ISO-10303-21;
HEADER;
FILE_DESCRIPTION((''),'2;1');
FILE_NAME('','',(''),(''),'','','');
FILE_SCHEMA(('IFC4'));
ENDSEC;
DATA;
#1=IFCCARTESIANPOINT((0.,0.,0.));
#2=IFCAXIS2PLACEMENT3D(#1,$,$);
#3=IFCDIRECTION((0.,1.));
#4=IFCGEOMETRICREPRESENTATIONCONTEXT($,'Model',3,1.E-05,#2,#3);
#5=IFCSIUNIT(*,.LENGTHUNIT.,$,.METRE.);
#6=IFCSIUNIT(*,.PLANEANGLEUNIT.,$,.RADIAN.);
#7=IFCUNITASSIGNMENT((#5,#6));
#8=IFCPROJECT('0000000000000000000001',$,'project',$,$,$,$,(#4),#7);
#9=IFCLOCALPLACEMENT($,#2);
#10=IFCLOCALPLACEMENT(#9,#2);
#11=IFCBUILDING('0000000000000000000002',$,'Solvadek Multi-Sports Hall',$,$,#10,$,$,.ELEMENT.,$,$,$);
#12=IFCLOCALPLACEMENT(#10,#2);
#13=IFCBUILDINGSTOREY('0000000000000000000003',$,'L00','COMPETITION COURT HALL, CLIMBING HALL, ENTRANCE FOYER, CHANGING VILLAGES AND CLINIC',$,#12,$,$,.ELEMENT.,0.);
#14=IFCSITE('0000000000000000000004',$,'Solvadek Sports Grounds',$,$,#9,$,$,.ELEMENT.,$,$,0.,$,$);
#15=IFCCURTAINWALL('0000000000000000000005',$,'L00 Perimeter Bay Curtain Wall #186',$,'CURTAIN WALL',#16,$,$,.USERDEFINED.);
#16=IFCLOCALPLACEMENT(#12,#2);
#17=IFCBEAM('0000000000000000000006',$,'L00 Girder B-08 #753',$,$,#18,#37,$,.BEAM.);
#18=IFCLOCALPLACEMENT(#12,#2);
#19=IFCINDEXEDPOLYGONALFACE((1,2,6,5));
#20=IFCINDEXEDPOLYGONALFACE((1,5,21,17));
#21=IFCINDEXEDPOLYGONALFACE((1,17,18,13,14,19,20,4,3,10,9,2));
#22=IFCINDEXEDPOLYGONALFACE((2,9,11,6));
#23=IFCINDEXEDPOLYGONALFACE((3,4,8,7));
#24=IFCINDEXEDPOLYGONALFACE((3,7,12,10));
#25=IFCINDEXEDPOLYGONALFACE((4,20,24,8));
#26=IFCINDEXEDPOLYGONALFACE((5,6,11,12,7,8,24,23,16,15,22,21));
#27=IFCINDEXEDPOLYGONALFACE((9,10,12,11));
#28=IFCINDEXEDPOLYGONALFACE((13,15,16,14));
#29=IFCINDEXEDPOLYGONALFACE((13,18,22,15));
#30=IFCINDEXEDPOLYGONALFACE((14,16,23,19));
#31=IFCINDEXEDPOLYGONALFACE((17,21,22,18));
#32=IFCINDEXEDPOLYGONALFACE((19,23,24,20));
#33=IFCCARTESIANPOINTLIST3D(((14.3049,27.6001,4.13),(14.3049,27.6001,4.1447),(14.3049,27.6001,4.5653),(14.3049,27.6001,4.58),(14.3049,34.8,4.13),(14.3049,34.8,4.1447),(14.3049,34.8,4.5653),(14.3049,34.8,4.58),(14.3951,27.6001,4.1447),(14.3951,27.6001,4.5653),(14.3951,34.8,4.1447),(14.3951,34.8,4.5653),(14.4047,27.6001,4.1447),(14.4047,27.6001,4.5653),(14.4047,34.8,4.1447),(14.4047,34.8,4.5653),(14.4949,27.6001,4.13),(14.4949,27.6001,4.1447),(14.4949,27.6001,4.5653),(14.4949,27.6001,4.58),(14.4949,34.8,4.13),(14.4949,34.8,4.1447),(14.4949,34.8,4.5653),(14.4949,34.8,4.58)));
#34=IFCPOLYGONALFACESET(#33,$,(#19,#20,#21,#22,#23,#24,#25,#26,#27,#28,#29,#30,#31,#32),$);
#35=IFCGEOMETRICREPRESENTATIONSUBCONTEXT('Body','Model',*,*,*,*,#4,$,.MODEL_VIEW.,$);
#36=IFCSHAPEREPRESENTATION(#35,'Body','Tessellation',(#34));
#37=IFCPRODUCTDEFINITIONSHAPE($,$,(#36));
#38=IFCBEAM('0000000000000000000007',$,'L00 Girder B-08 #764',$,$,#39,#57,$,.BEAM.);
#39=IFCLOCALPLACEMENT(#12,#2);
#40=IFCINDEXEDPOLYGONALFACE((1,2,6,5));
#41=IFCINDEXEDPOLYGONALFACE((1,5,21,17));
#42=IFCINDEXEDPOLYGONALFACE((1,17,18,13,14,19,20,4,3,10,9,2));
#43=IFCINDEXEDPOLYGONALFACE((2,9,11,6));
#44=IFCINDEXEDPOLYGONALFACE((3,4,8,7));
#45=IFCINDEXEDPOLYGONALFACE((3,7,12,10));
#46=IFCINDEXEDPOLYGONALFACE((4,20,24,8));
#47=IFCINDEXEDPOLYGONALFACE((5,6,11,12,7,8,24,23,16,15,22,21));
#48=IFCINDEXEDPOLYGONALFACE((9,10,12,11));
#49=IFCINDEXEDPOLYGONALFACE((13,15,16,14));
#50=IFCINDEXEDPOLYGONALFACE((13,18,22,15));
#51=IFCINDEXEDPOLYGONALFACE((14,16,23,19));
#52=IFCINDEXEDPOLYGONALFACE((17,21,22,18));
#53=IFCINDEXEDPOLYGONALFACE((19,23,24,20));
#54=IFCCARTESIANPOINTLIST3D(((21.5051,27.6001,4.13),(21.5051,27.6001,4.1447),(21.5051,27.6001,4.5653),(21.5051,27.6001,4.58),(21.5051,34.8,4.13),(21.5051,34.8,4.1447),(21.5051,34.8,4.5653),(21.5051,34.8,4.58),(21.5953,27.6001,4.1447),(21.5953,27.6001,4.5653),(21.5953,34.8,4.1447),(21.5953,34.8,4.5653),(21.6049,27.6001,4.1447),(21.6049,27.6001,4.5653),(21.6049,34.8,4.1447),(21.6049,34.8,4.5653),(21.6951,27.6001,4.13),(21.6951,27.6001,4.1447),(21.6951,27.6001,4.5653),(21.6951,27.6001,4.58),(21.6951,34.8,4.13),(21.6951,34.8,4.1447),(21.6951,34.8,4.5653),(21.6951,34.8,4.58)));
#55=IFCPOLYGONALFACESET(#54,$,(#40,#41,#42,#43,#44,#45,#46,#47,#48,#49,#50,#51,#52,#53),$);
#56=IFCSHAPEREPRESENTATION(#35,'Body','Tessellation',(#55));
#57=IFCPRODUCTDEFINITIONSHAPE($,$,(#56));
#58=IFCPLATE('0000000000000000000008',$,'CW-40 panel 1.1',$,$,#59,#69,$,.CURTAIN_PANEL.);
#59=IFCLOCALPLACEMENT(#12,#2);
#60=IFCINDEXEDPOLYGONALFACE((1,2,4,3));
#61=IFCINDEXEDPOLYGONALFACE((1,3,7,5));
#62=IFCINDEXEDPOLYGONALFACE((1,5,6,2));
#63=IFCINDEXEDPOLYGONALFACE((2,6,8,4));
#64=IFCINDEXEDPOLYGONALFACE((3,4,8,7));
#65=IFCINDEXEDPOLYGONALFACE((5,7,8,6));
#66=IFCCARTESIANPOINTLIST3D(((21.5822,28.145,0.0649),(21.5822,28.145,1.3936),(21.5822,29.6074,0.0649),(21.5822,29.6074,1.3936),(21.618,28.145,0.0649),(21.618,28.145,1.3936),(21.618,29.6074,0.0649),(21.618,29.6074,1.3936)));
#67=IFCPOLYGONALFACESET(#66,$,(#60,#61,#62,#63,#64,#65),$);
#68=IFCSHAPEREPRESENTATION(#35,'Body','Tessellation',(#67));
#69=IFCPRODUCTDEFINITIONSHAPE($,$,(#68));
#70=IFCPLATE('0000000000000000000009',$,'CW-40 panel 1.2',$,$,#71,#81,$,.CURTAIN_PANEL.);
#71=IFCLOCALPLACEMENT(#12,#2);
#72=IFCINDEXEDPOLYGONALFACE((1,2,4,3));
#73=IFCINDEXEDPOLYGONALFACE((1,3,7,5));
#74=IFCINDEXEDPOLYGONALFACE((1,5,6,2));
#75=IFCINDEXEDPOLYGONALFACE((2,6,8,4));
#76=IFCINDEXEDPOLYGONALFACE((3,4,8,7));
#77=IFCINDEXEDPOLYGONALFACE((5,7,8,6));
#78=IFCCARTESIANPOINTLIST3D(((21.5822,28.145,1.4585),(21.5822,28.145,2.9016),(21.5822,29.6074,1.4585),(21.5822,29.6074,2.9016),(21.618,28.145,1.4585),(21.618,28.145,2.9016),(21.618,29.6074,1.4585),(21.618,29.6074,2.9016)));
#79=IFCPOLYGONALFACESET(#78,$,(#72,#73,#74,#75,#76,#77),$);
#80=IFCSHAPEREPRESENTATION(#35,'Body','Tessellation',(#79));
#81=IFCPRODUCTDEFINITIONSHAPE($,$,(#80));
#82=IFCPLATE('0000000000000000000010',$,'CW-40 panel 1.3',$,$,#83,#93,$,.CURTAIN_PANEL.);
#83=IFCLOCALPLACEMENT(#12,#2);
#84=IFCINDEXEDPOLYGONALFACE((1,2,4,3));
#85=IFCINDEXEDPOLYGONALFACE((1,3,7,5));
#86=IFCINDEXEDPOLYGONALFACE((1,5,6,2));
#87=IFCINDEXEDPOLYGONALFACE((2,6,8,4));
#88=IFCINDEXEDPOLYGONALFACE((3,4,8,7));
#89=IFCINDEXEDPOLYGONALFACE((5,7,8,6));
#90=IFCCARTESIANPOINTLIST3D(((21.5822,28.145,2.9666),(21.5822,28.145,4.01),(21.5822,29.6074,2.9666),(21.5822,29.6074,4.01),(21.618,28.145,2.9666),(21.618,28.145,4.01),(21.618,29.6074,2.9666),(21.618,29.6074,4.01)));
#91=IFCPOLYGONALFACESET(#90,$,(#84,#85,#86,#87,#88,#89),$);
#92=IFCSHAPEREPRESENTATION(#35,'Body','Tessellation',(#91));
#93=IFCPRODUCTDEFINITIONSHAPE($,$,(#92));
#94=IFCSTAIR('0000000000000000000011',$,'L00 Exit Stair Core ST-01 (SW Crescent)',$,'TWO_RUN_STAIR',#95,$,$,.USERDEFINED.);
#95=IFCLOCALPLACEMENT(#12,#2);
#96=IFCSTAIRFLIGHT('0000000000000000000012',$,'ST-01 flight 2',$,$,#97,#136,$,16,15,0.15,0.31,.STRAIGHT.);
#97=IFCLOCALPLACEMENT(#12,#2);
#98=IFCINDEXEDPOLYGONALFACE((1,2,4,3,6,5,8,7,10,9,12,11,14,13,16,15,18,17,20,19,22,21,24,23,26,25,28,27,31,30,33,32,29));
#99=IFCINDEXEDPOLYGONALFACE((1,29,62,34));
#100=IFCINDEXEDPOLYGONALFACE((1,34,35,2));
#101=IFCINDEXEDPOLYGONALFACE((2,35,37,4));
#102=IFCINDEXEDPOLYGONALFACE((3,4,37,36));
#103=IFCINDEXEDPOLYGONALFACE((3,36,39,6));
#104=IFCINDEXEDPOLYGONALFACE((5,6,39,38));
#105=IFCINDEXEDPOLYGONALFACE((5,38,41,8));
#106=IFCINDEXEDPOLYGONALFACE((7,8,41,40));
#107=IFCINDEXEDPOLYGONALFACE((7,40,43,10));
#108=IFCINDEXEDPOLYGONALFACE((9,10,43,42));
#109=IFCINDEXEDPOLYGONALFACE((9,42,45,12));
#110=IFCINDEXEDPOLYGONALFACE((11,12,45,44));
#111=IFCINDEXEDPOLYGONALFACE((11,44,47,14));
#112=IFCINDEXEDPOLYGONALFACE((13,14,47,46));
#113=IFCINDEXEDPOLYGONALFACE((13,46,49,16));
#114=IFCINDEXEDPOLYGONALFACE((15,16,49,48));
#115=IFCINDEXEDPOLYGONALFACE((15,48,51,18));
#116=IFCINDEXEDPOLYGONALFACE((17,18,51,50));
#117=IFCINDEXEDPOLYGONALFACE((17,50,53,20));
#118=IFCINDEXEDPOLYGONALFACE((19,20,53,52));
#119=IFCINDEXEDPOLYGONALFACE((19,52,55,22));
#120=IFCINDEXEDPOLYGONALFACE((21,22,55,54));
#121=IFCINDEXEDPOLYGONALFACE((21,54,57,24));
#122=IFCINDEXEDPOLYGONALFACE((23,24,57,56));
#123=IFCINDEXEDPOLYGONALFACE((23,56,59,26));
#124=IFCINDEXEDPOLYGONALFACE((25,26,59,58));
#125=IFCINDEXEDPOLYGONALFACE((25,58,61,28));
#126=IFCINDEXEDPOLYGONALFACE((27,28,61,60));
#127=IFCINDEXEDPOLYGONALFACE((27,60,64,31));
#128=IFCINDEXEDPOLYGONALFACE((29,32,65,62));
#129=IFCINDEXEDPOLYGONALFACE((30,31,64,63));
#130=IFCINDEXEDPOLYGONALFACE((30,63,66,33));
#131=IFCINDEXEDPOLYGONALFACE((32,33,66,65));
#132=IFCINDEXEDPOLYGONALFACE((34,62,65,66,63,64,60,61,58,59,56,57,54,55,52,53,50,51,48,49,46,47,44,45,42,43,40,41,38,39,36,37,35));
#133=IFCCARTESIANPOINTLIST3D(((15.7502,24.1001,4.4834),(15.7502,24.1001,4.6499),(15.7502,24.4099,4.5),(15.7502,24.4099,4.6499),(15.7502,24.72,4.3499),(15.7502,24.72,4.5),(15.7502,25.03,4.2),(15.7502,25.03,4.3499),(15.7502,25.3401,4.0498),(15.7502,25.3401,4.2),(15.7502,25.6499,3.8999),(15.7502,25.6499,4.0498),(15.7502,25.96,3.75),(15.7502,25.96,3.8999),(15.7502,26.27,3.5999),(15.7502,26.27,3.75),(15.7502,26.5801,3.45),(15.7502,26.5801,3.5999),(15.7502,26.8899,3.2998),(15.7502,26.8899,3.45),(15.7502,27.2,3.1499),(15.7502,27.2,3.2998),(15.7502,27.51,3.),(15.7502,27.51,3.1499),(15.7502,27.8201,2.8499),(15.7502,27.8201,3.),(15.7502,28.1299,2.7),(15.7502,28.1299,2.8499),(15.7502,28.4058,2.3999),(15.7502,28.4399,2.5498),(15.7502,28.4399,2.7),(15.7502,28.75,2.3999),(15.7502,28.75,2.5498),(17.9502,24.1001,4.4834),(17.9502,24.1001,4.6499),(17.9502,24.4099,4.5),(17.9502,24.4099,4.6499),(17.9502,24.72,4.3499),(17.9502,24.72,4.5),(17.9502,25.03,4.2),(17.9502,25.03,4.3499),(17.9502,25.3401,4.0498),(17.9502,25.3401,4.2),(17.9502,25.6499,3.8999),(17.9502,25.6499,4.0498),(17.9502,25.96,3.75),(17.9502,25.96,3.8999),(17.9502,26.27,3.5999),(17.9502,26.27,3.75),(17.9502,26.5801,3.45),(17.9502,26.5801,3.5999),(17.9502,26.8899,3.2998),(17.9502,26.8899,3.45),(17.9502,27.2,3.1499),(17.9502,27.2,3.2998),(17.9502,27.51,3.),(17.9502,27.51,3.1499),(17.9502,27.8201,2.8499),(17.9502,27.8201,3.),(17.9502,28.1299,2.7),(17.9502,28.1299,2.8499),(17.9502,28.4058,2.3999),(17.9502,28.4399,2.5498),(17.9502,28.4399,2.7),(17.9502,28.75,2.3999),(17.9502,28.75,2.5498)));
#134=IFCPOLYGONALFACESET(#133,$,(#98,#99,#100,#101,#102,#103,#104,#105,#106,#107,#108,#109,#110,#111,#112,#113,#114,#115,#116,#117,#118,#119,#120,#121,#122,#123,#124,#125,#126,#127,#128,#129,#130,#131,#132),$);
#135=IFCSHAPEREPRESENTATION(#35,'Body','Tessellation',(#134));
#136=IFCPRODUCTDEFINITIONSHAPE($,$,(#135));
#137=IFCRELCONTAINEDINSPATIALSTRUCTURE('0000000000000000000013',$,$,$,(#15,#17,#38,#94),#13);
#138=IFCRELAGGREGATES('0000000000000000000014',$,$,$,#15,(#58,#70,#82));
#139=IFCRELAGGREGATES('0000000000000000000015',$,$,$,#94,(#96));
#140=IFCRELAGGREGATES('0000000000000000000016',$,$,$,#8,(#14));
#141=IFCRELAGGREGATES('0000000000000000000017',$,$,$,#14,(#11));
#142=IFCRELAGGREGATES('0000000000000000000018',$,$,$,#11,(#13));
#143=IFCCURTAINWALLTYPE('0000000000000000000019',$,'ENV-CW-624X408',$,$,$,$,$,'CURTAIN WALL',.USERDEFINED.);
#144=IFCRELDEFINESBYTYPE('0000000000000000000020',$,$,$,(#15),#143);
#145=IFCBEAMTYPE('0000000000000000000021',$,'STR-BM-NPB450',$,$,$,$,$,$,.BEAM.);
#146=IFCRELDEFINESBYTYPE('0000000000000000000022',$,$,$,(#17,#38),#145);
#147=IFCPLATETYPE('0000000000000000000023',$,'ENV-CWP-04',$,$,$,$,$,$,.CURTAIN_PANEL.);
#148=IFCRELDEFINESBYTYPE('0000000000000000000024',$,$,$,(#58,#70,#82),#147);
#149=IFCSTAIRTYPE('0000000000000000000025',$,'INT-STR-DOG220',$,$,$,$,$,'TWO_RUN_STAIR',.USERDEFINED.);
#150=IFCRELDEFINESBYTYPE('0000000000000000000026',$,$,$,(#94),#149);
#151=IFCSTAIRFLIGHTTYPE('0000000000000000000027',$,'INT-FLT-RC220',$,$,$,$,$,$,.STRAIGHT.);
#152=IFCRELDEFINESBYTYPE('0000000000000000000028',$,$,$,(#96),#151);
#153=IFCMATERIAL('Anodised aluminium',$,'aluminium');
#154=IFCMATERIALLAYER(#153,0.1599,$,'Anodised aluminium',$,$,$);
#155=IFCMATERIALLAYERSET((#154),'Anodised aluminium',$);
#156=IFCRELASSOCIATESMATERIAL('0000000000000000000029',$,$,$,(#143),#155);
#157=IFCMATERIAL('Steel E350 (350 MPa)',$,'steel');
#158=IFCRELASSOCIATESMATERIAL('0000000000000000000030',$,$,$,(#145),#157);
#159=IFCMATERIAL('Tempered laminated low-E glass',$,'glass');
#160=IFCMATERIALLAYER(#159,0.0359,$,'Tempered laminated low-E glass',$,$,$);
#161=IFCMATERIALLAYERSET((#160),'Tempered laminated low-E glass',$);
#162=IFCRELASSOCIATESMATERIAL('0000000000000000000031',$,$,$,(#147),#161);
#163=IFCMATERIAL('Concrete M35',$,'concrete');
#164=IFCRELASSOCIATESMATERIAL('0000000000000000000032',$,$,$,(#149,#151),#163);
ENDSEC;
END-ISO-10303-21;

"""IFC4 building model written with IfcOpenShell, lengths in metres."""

from ifc_helpers import new_model, si_unit, direction, frame, origin, origin_2d, place, context, subcontext, project, spatial, polyline, rectangle, i_section, outline, extrude, material, layer, layer_set, material_profile, profile_set, type_object, element, aggregate, save


model = new_model("IFC4")

# Units and contexts
model_context = context("Model", 3, precision=1e-05, world=origin(), true_north=direction((0.0, 1.0)))
body_context = subcontext(model_context, "Body", "Model", "MODEL_VIEW")
ifc_project = project(units=[si_unit("LENGTHUNIT", "METRE"), si_unit("PLANEANGLEUNIT", "RADIAN")], contexts=[model_context])

# Site, building, storey
site_placement = place(None, origin())
site = spatial("IfcSite", under=ifc_project, at=site_placement, Name="Solvadek Sports Grounds", CompositionType="ELEMENT", RefElevation=0.0)
building_placement = place(site_placement, origin())
building = spatial("IfcBuilding", under=site, at=building_placement, Name="Solvadek Multi-Sports Hall", CompositionType="ELEMENT")
storey_placement = place(building_placement, origin())
storey = spatial("IfcBuildingStorey", under=building, at=storey_placement, Name="L00", Description="COMPETITION COURT HALL, CLIMBING HALL, ENTRANCE FOYER, CHANGING VILLAGES AND CLINIC", CompositionType="ELEMENT", Elevation=0.0)

# Shared definitions
ifc_material_1 = material(Name="Steel E350 (350 MPa)", Category="steel")

# Curtain wall
ifc_material_2 = material(Name="Anodised aluminium", Category="aluminium")
ifc_layer_1 = layer(ifc_material_2, 0.1599, Name="Anodised aluminium")
ifc_layer_set_1 = layer_set([ifc_layer_1], Name="Anodised aluminium")
curtain_wall_type = type_object("IfcCurtainWallType", Name="ENV-CW-624X408", ElementType="CURTAIN WALL", PredefinedType="USERDEFINED", material=ifc_layer_set_1)
curtain_wall_placement = place(storey_placement, origin())
curtain_wall = element("IfcCurtainWall", 1, at=curtain_wall_placement, inside=storey, type_object=curtain_wall_type, Name="L00 Perimeter Bay Curtain Wall #186", ObjectType="CURTAIN WALL", PredefinedType="USERDEFINED")

# Beams
ifc_material_profile_1 = material_profile(ifc_material_1, i_section(OverallWidth=0.1899, OverallDepth=0.45, WebThickness=0.0095, FlangeThickness=0.0146, at=origin_2d()), Name="NPB 450")
ifc_profile_set_1 = profile_set([ifc_material_profile_1], Name="Steel E350 (350 MPa)")
beam_type = type_object("IfcBeamType", Name="STR-BM-NPB450", PredefinedType="BEAM", material=ifc_profile_set_1)
for number, where, z_axis, x_axis, name in (
    (2, (14.3999, 27.6001, 4.355), (0.0, 1.0, 0.0), (-1.0, 0.0, 0.0), "L00 Girder B-08 #753"),
    (3, (21.6001, 27.6001, 4.355), (0.0, 1.0, 0.0), (-1.0, 0.0, 0.0), "L00 Girder B-08 #764"),
):
    element("IfcBeam", number, at=place(storey_placement, frame(where, z_axis=z_axis, x_axis=x_axis)), inside=storey, type_object=beam_type, Name=name, PredefinedType="BEAM", context=body_context, shape_type="SweptSolid", body=[
        extrude(i_section(OverallWidth=0.1899, OverallDepth=0.45, WebThickness=0.0095, FlangeThickness=0.0146, at=origin_2d()), origin(), (0.0, 0.0, 1.0), 7.2),
    ])

# Plates
ifc_material_3 = material(Name="Tempered laminated low-E glass", Category="glass")
ifc_layer_2 = layer(ifc_material_3, 0.0359, Name="Tempered laminated low-E glass")
ifc_layer_set_2 = layer_set([ifc_layer_2], Name="Tempered laminated low-E glass")
plate_type = type_object("IfcPlateType", Name="ENV-CWP-04", PredefinedType="CURTAIN_PANEL", material=ifc_layer_set_2)
plate_1_placement = place(storey_placement, frame((21.6001, 28.8762, 0.0649), z_axis=(0.0, 0.0, 1.0), x_axis=(0.0, 1.0, 0.0)))
plate_1 = element("IfcPlate", 4, at=plate_1_placement, type_object=plate_type, Name="CW-40 panel 1.1", PredefinedType="CURTAIN_PANEL", context=body_context, shape_type="SweptSolid", body=[
    extrude(rectangle(XDim=1.4624, YDim=0.0359, at=origin_2d()), origin(), (0.0, 0.0, 1.0), 1.3286),
])
plate_2_placement = place(storey_placement, frame((21.6001, 28.8762, 1.4585), z_axis=(0.0, 0.0, 1.0), x_axis=(0.0, 1.0, 0.0)))
plate_2 = element("IfcPlate", 5, at=plate_2_placement, type_object=plate_type, Name="CW-40 panel 1.2", PredefinedType="CURTAIN_PANEL", context=body_context, shape_type="SweptSolid", body=[
    extrude(rectangle(XDim=1.4624, YDim=0.0359, at=origin_2d()), origin(), (0.0, 0.0, 1.0), 1.4431),
])
plate_3_placement = place(storey_placement, frame((21.6001, 28.8762, 2.9666), z_axis=(0.0, 0.0, 1.0), x_axis=(0.0, 1.0, 0.0)))
plate_3 = element("IfcPlate", 6, at=plate_3_placement, type_object=plate_type, Name="CW-40 panel 1.3", PredefinedType="CURTAIN_PANEL", context=body_context, shape_type="SweptSolid", body=[
    extrude(rectangle(XDim=1.4624, YDim=0.0359, at=origin_2d()), origin(), (0.0, 0.0, 1.0), 1.0435),
])
aggregate(curtain_wall, [plate_1, plate_2, plate_3])

# Stair, stair flight
ifc_material_4 = material(Name="Concrete M35", Category="concrete")
stair_type = type_object("IfcStairType", Name="INT-STR-DOG220", ElementType="TWO_RUN_STAIR", PredefinedType="USERDEFINED", material=ifc_material_4)
stair_placement = place(storey_placement, origin())
stair = element("IfcStair", 7, at=stair_placement, inside=storey, type_object=stair_type, Name="L00 Exit Stair Core ST-01 (SW Crescent)", ObjectType="TWO_RUN_STAIR", PredefinedType="USERDEFINED")
stair_flight_type = type_object("IfcStairFlightType", Name="INT-FLT-RC220", PredefinedType="STRAIGHT", material=ifc_material_4)
stair_flight_placement = place(storey_placement, frame((16.8501, 28.75, 2.3999), z_axis=(0.0, 0.0, 1.0), x_axis=(0.0, -1.0, 0.0)))
stair_flight = element("IfcStairFlight", 8, at=stair_flight_placement, type_object=stair_flight_type, Name="ST-01 flight 2", NumberOfRisers=16, NumberOfTreads=15, PredefinedType="STRAIGHT", RiserHeight=0.15, TreadLength=0.31, context=body_context, shape_type="SweptSolid", body=[
    extrude(outline(polyline([(0.0, 0.0), (0.0, 0.1499), (0.3101, 0.1499), (0.3101, 0.3), (0.6201, 0.3), (0.6201, 0.45), (0.9299, 0.45), (0.9299, 0.6001), (1.24, 0.6001), (1.24, 0.75), (1.55, 0.75), (1.55, 0.8999), (1.8601, 0.8999), (1.8601, 1.05), (2.1699, 1.05), (2.1699, 1.2), (2.48, 1.2), (2.48, 1.3501), (2.79, 1.3501), (2.79, 1.5), (3.1001, 1.5), (3.1001, 1.6499), (3.4099, 1.6499), (3.4099, 1.8), (3.72, 1.8), (3.72, 1.95), (4.03, 1.95), (4.03, 2.1001), (4.3401, 2.1001), (4.3401, 2.25), (4.6499, 2.25), (4.6499, 2.3999), (4.6499, 2.0835), (0.3442, 0.0), (0.0, 0.0)])), frame((0.0, 1.1001, 0.0), z_axis=(0.0, -1.0, 0.0), x_axis=(1.0, 0.0, 0.0)), (0.0, 0.0, 1.0), 2.2),
])
aggregate(stair, [stair_flight])

save(model, "model.ifc")
